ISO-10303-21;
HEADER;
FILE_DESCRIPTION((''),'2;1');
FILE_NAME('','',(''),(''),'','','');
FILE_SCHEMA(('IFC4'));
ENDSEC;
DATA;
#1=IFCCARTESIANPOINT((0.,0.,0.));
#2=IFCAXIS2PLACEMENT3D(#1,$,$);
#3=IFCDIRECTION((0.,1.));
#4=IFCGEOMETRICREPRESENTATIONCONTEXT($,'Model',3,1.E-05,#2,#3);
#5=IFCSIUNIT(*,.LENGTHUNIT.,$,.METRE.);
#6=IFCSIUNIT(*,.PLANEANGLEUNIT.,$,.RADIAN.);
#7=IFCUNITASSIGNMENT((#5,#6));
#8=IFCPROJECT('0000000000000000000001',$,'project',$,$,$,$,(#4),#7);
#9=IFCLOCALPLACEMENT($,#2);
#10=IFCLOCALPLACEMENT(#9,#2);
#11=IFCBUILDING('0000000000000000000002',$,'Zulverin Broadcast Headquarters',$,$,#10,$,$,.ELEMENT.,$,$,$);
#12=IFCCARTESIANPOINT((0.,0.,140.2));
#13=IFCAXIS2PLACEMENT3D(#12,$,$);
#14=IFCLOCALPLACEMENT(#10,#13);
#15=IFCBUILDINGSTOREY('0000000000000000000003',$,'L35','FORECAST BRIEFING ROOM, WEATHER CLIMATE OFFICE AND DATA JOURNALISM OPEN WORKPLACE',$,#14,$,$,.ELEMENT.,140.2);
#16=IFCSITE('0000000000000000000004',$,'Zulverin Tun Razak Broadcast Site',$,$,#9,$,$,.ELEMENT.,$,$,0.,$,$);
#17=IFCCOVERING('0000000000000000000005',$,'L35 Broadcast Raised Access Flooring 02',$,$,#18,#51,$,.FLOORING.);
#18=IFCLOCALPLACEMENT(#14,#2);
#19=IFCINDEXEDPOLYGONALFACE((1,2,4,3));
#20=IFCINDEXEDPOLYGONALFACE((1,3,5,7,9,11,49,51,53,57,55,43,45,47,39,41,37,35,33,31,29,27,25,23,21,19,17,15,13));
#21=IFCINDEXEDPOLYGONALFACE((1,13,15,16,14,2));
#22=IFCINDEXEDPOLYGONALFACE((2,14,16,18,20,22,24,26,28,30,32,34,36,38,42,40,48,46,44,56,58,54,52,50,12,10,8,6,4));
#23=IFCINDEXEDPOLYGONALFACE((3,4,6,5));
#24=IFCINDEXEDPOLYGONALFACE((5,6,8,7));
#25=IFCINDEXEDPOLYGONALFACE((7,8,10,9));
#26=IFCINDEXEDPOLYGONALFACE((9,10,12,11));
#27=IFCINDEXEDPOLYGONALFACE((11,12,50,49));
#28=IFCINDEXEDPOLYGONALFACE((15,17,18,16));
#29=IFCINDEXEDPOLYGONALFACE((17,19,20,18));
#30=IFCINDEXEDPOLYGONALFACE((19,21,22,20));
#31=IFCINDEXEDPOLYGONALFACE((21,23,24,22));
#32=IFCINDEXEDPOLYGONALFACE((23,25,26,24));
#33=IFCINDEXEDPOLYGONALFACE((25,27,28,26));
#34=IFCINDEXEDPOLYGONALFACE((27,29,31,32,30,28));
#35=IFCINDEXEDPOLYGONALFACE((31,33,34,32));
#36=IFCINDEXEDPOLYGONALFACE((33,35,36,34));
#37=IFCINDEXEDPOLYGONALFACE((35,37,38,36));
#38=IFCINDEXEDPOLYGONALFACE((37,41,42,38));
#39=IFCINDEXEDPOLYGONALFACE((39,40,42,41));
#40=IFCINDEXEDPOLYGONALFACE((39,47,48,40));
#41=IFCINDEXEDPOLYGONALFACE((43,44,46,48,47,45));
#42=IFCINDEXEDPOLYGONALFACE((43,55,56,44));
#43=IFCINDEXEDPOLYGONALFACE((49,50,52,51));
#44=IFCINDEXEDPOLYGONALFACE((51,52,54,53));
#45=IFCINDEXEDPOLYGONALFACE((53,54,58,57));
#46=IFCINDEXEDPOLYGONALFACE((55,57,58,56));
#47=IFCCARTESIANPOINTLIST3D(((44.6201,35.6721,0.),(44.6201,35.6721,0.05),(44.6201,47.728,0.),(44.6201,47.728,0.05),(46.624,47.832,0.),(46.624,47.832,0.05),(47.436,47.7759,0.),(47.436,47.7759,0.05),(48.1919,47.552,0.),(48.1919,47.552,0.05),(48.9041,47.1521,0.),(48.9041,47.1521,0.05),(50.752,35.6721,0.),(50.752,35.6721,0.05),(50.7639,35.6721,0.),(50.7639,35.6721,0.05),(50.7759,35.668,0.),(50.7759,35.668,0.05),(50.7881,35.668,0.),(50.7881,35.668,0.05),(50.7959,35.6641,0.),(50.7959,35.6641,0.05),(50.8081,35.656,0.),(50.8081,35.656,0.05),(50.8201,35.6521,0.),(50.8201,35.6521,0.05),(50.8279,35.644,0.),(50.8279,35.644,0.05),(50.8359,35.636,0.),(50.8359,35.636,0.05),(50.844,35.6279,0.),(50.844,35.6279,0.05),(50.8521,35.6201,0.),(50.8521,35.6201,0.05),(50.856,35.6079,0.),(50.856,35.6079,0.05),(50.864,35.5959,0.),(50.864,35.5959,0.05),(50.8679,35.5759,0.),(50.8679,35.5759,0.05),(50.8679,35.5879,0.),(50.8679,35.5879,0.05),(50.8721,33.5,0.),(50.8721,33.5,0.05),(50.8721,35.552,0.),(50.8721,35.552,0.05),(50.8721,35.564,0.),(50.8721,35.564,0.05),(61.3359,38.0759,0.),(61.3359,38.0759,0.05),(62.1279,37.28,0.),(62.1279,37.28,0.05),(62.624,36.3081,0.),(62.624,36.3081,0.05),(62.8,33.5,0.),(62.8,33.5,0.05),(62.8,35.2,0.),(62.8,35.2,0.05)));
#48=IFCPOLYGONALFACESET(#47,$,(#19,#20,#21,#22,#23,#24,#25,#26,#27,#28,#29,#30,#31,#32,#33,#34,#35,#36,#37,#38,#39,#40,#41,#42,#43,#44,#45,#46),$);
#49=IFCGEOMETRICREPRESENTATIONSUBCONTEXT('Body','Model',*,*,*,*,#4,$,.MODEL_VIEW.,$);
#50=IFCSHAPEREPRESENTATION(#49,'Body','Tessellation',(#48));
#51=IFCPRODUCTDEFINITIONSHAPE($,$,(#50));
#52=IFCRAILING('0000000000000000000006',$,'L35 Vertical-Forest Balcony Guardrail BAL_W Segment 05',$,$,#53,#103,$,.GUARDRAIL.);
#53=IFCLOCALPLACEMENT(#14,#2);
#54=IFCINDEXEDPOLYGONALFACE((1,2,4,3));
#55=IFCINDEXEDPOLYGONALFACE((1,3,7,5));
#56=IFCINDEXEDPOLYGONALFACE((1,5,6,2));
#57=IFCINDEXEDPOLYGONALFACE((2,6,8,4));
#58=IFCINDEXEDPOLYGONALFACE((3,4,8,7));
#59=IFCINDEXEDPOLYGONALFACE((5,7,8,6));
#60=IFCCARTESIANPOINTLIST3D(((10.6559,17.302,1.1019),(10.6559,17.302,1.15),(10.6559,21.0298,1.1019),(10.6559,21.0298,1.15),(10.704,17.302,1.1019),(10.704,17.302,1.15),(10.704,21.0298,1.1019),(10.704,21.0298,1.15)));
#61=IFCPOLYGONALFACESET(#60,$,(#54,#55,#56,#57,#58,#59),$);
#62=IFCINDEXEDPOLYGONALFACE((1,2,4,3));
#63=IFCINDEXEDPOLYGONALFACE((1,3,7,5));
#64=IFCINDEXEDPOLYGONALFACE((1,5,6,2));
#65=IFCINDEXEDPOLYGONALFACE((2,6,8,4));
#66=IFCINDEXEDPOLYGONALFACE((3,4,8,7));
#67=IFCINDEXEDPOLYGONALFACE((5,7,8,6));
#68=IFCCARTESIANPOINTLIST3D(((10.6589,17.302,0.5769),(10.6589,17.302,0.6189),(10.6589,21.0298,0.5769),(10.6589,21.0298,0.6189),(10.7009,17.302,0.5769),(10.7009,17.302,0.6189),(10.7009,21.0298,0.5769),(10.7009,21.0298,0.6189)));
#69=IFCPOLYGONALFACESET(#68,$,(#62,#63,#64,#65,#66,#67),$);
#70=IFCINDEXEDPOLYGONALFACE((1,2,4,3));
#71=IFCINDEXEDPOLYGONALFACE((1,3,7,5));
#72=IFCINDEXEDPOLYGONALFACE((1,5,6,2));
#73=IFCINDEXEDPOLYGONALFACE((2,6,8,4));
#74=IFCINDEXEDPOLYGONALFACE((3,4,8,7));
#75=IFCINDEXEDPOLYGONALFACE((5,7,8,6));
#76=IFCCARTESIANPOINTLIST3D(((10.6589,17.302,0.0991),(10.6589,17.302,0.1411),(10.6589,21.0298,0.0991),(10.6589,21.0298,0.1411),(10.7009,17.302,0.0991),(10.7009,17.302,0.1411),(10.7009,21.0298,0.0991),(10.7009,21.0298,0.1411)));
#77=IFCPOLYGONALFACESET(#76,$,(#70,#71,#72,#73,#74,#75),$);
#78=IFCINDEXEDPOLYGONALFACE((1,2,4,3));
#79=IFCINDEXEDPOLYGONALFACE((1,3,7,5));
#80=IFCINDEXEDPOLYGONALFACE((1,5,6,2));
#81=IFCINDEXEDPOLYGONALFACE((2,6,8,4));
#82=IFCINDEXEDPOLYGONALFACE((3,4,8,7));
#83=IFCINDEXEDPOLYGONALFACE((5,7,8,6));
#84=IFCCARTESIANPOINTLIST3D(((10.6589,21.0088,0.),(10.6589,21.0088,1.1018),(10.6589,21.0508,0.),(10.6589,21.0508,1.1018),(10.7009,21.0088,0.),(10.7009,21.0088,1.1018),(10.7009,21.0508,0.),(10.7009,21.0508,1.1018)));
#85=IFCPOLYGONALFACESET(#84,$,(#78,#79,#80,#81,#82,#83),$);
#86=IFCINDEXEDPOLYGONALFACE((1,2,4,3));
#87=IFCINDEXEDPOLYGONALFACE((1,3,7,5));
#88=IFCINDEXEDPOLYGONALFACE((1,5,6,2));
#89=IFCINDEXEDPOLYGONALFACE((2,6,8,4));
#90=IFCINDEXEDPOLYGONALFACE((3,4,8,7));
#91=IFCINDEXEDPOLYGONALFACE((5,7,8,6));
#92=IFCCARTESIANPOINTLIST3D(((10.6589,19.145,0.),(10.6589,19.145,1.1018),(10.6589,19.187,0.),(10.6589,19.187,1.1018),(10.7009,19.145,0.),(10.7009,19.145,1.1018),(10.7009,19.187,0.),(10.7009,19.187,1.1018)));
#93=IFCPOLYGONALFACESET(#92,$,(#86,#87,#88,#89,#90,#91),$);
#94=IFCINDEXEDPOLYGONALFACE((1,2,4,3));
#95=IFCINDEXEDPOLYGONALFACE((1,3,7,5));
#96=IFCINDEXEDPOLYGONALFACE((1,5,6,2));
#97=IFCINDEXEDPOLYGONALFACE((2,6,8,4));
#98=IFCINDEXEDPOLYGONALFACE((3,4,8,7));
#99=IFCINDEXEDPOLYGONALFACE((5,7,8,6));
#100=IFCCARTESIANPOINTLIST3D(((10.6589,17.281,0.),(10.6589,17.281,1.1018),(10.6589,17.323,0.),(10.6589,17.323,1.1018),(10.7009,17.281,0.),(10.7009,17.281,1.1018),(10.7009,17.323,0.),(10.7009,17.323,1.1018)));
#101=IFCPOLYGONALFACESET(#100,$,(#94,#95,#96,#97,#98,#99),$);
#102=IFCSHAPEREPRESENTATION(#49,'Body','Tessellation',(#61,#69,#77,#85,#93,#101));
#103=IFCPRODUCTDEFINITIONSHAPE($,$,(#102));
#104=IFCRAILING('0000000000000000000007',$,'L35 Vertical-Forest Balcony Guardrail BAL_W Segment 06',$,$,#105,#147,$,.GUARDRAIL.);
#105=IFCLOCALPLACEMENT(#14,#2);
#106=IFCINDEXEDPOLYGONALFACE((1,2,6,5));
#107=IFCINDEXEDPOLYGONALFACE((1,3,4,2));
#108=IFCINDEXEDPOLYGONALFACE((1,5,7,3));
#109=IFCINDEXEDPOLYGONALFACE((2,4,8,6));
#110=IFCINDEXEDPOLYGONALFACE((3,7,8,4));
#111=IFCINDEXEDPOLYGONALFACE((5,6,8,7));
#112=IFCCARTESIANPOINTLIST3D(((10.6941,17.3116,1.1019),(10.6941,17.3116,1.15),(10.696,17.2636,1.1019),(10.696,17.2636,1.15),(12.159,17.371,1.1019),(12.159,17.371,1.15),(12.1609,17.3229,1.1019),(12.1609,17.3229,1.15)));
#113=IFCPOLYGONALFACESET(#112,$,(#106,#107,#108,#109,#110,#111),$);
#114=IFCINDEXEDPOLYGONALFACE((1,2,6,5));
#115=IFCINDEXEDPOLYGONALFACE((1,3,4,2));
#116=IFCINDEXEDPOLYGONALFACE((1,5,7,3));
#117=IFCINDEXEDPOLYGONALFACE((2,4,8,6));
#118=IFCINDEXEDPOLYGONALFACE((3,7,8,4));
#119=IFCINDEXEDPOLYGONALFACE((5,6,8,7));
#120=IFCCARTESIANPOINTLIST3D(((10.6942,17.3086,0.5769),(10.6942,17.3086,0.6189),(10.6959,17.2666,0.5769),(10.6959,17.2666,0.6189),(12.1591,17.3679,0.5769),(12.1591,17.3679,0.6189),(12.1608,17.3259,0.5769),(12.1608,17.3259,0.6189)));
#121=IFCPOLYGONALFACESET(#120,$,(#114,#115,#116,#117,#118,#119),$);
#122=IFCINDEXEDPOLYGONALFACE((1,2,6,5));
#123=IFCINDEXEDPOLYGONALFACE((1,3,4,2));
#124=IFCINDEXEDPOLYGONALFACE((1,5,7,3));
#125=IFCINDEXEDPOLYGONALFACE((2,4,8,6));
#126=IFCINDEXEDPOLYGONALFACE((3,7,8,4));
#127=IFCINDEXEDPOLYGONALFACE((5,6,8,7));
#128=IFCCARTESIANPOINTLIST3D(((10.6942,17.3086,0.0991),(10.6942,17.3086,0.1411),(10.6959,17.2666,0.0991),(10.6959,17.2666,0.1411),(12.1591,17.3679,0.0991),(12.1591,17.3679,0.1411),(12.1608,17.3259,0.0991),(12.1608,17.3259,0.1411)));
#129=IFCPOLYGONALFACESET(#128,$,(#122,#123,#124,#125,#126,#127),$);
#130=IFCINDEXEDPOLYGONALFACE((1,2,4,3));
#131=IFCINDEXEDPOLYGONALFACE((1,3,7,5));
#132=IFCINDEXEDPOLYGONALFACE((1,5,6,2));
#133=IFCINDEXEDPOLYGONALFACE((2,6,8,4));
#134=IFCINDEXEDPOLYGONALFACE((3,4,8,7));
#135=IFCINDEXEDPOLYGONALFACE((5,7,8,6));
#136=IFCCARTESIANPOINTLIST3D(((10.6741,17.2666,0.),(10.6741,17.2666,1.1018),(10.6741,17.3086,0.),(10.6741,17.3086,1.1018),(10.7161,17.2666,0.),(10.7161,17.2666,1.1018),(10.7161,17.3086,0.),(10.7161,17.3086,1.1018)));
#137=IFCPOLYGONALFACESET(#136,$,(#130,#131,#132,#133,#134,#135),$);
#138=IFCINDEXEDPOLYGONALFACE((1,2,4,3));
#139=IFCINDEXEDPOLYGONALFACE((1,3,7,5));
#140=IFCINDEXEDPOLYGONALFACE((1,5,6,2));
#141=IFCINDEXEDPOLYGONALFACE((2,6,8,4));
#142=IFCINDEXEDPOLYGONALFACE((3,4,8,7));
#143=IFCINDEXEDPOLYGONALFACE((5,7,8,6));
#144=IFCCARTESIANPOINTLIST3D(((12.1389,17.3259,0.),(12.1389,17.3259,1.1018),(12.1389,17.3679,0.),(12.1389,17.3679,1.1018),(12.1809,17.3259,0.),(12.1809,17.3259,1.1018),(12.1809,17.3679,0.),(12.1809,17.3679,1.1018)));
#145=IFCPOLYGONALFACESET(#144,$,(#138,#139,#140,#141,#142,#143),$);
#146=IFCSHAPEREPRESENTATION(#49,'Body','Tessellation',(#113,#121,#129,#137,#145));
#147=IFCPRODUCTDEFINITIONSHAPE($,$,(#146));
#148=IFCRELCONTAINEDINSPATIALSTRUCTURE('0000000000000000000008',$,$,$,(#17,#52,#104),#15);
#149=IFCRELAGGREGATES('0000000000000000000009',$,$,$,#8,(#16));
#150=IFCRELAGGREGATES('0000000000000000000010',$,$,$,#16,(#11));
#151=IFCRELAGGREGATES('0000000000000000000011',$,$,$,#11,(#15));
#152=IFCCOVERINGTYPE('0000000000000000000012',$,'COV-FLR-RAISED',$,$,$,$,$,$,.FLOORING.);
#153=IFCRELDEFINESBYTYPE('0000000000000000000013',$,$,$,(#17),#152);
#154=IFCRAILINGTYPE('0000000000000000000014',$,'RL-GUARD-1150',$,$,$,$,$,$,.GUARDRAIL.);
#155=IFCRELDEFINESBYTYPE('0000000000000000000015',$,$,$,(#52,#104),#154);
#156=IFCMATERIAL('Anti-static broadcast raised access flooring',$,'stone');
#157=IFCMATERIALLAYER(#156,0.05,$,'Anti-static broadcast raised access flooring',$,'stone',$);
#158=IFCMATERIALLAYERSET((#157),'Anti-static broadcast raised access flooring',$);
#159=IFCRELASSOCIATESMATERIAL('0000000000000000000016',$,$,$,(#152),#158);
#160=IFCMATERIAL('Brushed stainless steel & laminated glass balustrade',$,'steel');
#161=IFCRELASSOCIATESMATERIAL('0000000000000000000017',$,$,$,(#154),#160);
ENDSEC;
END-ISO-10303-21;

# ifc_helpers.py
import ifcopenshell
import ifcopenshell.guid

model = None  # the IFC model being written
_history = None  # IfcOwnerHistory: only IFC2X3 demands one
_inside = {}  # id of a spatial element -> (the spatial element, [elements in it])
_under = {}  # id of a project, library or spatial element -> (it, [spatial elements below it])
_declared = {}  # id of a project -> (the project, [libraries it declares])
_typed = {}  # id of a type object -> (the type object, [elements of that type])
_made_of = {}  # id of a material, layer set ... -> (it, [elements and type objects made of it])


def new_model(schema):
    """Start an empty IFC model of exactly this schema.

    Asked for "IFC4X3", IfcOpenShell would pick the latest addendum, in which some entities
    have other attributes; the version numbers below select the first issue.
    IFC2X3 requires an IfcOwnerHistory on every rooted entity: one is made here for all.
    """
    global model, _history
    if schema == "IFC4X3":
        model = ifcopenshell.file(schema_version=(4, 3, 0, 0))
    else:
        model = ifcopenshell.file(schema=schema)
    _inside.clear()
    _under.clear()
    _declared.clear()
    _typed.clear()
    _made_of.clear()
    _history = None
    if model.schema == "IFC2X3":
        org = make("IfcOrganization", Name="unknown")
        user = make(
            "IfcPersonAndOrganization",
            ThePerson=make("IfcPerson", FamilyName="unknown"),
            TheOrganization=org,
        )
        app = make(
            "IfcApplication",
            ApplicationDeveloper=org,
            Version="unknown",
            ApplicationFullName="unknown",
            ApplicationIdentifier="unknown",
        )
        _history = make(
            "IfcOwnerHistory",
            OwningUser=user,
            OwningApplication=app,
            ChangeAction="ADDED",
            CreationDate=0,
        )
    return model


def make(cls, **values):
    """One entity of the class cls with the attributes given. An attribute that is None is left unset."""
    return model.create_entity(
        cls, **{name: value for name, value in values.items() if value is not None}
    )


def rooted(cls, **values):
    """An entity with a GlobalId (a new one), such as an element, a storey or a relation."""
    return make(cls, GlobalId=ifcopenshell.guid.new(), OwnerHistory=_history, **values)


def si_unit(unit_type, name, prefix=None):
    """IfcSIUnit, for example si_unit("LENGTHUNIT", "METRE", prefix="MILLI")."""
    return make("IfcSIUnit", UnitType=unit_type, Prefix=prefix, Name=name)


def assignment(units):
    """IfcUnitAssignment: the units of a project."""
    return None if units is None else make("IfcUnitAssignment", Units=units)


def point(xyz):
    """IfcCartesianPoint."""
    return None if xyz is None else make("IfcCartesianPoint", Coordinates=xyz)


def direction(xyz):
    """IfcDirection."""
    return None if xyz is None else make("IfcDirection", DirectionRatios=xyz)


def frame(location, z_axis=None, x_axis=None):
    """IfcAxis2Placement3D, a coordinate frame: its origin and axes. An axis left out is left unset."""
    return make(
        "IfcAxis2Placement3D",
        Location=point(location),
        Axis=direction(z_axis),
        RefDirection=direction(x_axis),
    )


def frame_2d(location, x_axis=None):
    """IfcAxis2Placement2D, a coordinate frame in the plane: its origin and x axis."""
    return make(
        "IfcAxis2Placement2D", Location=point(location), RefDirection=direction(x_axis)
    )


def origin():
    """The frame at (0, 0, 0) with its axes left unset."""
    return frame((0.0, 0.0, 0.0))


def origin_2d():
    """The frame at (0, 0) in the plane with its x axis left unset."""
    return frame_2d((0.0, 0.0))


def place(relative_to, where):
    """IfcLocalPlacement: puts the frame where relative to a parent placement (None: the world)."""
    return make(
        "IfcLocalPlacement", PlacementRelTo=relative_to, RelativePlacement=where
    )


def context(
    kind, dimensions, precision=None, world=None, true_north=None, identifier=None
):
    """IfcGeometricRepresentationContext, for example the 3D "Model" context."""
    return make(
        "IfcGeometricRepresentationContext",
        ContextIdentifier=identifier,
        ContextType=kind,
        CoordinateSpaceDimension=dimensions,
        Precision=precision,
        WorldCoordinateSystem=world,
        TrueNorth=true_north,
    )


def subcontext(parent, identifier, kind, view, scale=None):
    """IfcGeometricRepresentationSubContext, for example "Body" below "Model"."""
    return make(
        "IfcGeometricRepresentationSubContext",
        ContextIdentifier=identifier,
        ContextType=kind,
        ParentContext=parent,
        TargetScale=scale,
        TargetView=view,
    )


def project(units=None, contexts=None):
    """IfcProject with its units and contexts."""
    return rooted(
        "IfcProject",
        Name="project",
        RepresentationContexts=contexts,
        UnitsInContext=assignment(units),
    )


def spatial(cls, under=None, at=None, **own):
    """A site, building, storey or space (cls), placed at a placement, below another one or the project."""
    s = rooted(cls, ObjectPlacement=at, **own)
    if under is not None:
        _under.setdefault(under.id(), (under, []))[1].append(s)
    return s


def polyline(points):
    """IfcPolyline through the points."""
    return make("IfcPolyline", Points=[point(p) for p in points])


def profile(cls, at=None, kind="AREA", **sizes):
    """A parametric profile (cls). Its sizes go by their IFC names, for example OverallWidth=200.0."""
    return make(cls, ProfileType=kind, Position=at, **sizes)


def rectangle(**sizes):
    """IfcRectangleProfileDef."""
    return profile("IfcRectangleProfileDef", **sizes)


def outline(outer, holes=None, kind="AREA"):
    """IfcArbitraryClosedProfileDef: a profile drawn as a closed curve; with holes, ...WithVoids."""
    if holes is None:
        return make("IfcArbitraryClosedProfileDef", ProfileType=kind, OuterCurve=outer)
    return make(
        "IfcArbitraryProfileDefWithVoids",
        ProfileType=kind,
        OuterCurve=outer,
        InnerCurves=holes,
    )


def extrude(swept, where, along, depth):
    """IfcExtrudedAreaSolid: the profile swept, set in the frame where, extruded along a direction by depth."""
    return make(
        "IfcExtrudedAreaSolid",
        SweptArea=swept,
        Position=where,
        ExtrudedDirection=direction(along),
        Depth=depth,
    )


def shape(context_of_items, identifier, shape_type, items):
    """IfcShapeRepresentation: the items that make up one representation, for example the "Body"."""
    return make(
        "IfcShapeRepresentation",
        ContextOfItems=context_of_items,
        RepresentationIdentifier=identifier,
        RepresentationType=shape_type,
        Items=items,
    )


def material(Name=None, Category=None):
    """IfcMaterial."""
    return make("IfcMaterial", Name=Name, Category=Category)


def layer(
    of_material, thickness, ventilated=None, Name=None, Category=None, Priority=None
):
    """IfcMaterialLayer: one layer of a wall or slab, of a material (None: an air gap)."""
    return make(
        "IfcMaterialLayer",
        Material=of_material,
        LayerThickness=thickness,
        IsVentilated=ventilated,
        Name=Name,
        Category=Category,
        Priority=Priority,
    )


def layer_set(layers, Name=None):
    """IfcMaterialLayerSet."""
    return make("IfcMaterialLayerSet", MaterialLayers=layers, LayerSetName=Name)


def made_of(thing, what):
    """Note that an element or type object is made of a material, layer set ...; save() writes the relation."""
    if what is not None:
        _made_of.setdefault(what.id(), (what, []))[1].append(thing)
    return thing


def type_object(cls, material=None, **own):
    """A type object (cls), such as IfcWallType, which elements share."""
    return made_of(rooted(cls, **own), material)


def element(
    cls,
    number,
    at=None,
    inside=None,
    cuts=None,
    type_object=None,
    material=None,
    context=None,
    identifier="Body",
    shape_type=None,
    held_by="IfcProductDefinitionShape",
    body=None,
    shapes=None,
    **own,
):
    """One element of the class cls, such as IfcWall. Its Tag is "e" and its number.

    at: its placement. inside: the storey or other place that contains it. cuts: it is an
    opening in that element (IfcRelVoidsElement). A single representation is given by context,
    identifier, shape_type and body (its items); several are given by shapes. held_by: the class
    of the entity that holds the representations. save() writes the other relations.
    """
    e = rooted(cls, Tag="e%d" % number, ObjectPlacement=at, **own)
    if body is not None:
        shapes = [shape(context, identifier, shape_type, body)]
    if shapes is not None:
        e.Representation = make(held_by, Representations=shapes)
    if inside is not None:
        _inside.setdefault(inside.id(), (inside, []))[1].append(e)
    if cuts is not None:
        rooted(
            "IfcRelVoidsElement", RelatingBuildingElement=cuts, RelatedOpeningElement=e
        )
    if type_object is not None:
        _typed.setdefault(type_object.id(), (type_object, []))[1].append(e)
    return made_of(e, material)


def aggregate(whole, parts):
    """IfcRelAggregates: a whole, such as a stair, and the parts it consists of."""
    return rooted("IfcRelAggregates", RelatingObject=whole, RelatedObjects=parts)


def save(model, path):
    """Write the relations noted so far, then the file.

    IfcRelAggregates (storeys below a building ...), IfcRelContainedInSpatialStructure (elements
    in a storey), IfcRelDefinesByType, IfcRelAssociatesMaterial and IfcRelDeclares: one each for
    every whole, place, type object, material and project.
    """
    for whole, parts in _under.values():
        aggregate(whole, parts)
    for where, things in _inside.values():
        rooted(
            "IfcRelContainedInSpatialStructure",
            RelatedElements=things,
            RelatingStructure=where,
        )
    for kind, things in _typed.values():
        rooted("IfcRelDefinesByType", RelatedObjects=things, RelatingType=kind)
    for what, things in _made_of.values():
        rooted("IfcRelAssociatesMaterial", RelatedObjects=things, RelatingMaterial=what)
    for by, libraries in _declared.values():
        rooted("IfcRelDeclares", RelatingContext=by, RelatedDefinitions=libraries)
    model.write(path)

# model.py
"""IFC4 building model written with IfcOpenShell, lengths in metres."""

from ifc_helpers import new_model, si_unit, direction, frame, origin, origin_2d, place, context, subcontext, project, spatial, polyline, rectangle, outline, extrude, material, layer, layer_set, type_object, element, save


model = new_model("IFC4")

# Units and contexts
model_context = context("Model", 3, precision=1e-05, world=origin(), true_north=direction((0.0, 1.0)))
body_context = subcontext(model_context, "Body", "Model", "MODEL_VIEW")
ifc_project = project(units=[si_unit("LENGTHUNIT", "METRE"), si_unit("PLANEANGLEUNIT", "RADIAN")], contexts=[model_context])

# Site, building, storey
site_placement = place(None, origin())
site = spatial("IfcSite", under=ifc_project, at=site_placement, Name="Zulverin Tun Razak Broadcast Site", CompositionType="ELEMENT", RefElevation=0.0)
building_placement = place(site_placement, origin())
building = spatial("IfcBuilding", under=site, at=building_placement, Name="Zulverin Broadcast Headquarters", CompositionType="ELEMENT")
storey_placement = place(building_placement, frame((0.0, 0.0, 140.2)))
storey = spatial("IfcBuildingStorey", under=building, at=storey_placement, Name="L35", Description="FORECAST BRIEFING ROOM, WEATHER CLIMATE OFFICE AND DATA JOURNALISM OPEN WORKPLACE", CompositionType="ELEMENT", Elevation=140.2)

# Covering
ifc_material_1 = material(Name="Anti-static broadcast raised access flooring", Category="stone")
ifc_layer_1 = layer(ifc_material_1, 0.05, Name="Anti-static broadcast raised access flooring", Category="stone")
ifc_layer_set_1 = layer_set([ifc_layer_1], Name="Anti-static broadcast raised access flooring")
covering_type_1 = type_object("IfcCoveringType", Name="COV-FLR-RAISED", PredefinedType="FLOORING", material=ifc_layer_set_1)
covering_1_placement = place(storey_placement, origin())
element("IfcCovering", 1, at=covering_1_placement, inside=storey, type_object=covering_type_1, Name="L35 Broadcast Raised Access Flooring 02", PredefinedType="FLOORING", context=body_context, shape_type="SweptSolid", body=[
    extrude(outline(polyline([(62.1279, 37.28), (61.3359, 38.0759), (48.9041, 47.1521), (48.1919, 47.552), (47.436, 47.7759), (46.624, 47.832), (44.6201, 47.728), (44.6201, 35.6721), (50.752, 35.6721), (50.7639, 35.6721), (50.7759, 35.668), (50.7881, 35.668), (50.7959, 35.6641), (50.8081, 35.656), (50.8201, 35.6521), (50.8279, 35.644), (50.8359, 35.636), (50.844, 35.6279), (50.8521, 35.6201), (50.856, 35.6079), (50.864, 35.5959), (50.8679, 35.5879), (50.8679, 35.5759), (50.8721, 35.564), (50.8721, 35.552), (50.8721, 33.5), (62.8, 33.5), (62.8, 35.2), (62.624, 36.3081), (62.1279, 37.28)])), origin(), (0.0, 0.0, 1.0), 0.05),
])

# Railings
ifc_material_2 = material(Name="Brushed stainless steel & laminated glass balustrade", Category="steel")
railing_type = type_object("IfcRailingType", Name="RL-GUARD-1150", PredefinedType="GUARDRAIL", material=ifc_material_2)
railing_1_placement = place(storey_placement, frame((10.6799, 21.0298, 0.0)))
element("IfcRailing", 2, at=railing_1_placement, inside=storey, type_object=railing_type, Name="L35 Vertical-Forest Balcony Guardrail BAL_W Segment 05", PredefinedType="GUARDRAIL", context=body_context, shape_type="SweptSolid", body=[
    extrude(rectangle(XDim=0.0481, YDim=0.0481, at=origin_2d()), frame((0.0, 0.0, 1.126), z_axis=(0.0, -1.0, 0.0), x_axis=(1.0, 0.0, 0.0)), (0.0, 0.0, 1.0), 3.7278),
    extrude(rectangle(XDim=0.042, YDim=0.042, at=origin_2d()), frame((0.0, 0.0, 0.5979), z_axis=(0.0, -1.0, 0.0), x_axis=(1.0, 0.0, 0.0)), (0.0, 0.0, 1.0), 3.7278),
    extrude(rectangle(XDim=0.042, YDim=0.042, at=origin_2d()), frame((0.0, 0.0, 0.1201), z_axis=(0.0, -1.0, 0.0), x_axis=(1.0, 0.0, 0.0)), (0.0, 0.0, 1.0), 3.7278),
    extrude(rectangle(XDim=0.042, YDim=0.042, at=origin_2d()), origin(), (0.0, 0.0, 1.0), 1.1018),
    extrude(rectangle(XDim=0.042, YDim=0.042, at=origin_2d()), frame((0.0, -1.8638, 0.0)), (0.0, 0.0, 1.0), 1.1018),
    extrude(rectangle(XDim=0.042, YDim=0.042, at=origin_2d()), frame((0.0, -3.7278, 0.0)), (0.0, 0.0, 1.0), 1.1018),
])
railing_2_placement = place(storey_placement, frame((10.6951, 17.2876, 0.0)))
element("IfcRailing", 3, at=railing_2_placement, inside=storey, type_object=railing_type, Name="L35 Vertical-Forest Balcony Guardrail BAL_W Segment 06", PredefinedType="GUARDRAIL", context=body_context, shape_type="SweptSolid", body=[
    extrude(rectangle(XDim=0.0481, YDim=0.0481, at=origin_2d()), frame((0.0, 0.0, 1.126), z_axis=(0.999181, 0.040467, 0.0), x_axis=(-0.040467, 0.999181, 0.0)), (0.0, 0.0, 1.0), 1.4661),
    extrude(rectangle(XDim=0.042, YDim=0.042, at=origin_2d()), frame((0.0, 0.0, 0.5979), z_axis=(0.999181, 0.040467, 0.0), x_axis=(-0.040467, 0.999181, 0.0)), (0.0, 0.0, 1.0), 1.4661),
    extrude(rectangle(XDim=0.042, YDim=0.042, at=origin_2d()), frame((0.0, 0.0, 0.1201), z_axis=(0.999181, 0.040467, 0.0), x_axis=(-0.040467, 0.999181, 0.0)), (0.0, 0.0, 1.0), 1.4661),
    extrude(rectangle(XDim=0.042, YDim=0.042, at=origin_2d()), origin(), (0.0, 0.0, 1.0), 1.1018),
    extrude(rectangle(XDim=0.042, YDim=0.042, at=origin_2d()), frame((1.4648, 0.0593, 0.0)), (0.0, 0.0, 1.0), 1.1018),
])

save(model, "model.ifc")
